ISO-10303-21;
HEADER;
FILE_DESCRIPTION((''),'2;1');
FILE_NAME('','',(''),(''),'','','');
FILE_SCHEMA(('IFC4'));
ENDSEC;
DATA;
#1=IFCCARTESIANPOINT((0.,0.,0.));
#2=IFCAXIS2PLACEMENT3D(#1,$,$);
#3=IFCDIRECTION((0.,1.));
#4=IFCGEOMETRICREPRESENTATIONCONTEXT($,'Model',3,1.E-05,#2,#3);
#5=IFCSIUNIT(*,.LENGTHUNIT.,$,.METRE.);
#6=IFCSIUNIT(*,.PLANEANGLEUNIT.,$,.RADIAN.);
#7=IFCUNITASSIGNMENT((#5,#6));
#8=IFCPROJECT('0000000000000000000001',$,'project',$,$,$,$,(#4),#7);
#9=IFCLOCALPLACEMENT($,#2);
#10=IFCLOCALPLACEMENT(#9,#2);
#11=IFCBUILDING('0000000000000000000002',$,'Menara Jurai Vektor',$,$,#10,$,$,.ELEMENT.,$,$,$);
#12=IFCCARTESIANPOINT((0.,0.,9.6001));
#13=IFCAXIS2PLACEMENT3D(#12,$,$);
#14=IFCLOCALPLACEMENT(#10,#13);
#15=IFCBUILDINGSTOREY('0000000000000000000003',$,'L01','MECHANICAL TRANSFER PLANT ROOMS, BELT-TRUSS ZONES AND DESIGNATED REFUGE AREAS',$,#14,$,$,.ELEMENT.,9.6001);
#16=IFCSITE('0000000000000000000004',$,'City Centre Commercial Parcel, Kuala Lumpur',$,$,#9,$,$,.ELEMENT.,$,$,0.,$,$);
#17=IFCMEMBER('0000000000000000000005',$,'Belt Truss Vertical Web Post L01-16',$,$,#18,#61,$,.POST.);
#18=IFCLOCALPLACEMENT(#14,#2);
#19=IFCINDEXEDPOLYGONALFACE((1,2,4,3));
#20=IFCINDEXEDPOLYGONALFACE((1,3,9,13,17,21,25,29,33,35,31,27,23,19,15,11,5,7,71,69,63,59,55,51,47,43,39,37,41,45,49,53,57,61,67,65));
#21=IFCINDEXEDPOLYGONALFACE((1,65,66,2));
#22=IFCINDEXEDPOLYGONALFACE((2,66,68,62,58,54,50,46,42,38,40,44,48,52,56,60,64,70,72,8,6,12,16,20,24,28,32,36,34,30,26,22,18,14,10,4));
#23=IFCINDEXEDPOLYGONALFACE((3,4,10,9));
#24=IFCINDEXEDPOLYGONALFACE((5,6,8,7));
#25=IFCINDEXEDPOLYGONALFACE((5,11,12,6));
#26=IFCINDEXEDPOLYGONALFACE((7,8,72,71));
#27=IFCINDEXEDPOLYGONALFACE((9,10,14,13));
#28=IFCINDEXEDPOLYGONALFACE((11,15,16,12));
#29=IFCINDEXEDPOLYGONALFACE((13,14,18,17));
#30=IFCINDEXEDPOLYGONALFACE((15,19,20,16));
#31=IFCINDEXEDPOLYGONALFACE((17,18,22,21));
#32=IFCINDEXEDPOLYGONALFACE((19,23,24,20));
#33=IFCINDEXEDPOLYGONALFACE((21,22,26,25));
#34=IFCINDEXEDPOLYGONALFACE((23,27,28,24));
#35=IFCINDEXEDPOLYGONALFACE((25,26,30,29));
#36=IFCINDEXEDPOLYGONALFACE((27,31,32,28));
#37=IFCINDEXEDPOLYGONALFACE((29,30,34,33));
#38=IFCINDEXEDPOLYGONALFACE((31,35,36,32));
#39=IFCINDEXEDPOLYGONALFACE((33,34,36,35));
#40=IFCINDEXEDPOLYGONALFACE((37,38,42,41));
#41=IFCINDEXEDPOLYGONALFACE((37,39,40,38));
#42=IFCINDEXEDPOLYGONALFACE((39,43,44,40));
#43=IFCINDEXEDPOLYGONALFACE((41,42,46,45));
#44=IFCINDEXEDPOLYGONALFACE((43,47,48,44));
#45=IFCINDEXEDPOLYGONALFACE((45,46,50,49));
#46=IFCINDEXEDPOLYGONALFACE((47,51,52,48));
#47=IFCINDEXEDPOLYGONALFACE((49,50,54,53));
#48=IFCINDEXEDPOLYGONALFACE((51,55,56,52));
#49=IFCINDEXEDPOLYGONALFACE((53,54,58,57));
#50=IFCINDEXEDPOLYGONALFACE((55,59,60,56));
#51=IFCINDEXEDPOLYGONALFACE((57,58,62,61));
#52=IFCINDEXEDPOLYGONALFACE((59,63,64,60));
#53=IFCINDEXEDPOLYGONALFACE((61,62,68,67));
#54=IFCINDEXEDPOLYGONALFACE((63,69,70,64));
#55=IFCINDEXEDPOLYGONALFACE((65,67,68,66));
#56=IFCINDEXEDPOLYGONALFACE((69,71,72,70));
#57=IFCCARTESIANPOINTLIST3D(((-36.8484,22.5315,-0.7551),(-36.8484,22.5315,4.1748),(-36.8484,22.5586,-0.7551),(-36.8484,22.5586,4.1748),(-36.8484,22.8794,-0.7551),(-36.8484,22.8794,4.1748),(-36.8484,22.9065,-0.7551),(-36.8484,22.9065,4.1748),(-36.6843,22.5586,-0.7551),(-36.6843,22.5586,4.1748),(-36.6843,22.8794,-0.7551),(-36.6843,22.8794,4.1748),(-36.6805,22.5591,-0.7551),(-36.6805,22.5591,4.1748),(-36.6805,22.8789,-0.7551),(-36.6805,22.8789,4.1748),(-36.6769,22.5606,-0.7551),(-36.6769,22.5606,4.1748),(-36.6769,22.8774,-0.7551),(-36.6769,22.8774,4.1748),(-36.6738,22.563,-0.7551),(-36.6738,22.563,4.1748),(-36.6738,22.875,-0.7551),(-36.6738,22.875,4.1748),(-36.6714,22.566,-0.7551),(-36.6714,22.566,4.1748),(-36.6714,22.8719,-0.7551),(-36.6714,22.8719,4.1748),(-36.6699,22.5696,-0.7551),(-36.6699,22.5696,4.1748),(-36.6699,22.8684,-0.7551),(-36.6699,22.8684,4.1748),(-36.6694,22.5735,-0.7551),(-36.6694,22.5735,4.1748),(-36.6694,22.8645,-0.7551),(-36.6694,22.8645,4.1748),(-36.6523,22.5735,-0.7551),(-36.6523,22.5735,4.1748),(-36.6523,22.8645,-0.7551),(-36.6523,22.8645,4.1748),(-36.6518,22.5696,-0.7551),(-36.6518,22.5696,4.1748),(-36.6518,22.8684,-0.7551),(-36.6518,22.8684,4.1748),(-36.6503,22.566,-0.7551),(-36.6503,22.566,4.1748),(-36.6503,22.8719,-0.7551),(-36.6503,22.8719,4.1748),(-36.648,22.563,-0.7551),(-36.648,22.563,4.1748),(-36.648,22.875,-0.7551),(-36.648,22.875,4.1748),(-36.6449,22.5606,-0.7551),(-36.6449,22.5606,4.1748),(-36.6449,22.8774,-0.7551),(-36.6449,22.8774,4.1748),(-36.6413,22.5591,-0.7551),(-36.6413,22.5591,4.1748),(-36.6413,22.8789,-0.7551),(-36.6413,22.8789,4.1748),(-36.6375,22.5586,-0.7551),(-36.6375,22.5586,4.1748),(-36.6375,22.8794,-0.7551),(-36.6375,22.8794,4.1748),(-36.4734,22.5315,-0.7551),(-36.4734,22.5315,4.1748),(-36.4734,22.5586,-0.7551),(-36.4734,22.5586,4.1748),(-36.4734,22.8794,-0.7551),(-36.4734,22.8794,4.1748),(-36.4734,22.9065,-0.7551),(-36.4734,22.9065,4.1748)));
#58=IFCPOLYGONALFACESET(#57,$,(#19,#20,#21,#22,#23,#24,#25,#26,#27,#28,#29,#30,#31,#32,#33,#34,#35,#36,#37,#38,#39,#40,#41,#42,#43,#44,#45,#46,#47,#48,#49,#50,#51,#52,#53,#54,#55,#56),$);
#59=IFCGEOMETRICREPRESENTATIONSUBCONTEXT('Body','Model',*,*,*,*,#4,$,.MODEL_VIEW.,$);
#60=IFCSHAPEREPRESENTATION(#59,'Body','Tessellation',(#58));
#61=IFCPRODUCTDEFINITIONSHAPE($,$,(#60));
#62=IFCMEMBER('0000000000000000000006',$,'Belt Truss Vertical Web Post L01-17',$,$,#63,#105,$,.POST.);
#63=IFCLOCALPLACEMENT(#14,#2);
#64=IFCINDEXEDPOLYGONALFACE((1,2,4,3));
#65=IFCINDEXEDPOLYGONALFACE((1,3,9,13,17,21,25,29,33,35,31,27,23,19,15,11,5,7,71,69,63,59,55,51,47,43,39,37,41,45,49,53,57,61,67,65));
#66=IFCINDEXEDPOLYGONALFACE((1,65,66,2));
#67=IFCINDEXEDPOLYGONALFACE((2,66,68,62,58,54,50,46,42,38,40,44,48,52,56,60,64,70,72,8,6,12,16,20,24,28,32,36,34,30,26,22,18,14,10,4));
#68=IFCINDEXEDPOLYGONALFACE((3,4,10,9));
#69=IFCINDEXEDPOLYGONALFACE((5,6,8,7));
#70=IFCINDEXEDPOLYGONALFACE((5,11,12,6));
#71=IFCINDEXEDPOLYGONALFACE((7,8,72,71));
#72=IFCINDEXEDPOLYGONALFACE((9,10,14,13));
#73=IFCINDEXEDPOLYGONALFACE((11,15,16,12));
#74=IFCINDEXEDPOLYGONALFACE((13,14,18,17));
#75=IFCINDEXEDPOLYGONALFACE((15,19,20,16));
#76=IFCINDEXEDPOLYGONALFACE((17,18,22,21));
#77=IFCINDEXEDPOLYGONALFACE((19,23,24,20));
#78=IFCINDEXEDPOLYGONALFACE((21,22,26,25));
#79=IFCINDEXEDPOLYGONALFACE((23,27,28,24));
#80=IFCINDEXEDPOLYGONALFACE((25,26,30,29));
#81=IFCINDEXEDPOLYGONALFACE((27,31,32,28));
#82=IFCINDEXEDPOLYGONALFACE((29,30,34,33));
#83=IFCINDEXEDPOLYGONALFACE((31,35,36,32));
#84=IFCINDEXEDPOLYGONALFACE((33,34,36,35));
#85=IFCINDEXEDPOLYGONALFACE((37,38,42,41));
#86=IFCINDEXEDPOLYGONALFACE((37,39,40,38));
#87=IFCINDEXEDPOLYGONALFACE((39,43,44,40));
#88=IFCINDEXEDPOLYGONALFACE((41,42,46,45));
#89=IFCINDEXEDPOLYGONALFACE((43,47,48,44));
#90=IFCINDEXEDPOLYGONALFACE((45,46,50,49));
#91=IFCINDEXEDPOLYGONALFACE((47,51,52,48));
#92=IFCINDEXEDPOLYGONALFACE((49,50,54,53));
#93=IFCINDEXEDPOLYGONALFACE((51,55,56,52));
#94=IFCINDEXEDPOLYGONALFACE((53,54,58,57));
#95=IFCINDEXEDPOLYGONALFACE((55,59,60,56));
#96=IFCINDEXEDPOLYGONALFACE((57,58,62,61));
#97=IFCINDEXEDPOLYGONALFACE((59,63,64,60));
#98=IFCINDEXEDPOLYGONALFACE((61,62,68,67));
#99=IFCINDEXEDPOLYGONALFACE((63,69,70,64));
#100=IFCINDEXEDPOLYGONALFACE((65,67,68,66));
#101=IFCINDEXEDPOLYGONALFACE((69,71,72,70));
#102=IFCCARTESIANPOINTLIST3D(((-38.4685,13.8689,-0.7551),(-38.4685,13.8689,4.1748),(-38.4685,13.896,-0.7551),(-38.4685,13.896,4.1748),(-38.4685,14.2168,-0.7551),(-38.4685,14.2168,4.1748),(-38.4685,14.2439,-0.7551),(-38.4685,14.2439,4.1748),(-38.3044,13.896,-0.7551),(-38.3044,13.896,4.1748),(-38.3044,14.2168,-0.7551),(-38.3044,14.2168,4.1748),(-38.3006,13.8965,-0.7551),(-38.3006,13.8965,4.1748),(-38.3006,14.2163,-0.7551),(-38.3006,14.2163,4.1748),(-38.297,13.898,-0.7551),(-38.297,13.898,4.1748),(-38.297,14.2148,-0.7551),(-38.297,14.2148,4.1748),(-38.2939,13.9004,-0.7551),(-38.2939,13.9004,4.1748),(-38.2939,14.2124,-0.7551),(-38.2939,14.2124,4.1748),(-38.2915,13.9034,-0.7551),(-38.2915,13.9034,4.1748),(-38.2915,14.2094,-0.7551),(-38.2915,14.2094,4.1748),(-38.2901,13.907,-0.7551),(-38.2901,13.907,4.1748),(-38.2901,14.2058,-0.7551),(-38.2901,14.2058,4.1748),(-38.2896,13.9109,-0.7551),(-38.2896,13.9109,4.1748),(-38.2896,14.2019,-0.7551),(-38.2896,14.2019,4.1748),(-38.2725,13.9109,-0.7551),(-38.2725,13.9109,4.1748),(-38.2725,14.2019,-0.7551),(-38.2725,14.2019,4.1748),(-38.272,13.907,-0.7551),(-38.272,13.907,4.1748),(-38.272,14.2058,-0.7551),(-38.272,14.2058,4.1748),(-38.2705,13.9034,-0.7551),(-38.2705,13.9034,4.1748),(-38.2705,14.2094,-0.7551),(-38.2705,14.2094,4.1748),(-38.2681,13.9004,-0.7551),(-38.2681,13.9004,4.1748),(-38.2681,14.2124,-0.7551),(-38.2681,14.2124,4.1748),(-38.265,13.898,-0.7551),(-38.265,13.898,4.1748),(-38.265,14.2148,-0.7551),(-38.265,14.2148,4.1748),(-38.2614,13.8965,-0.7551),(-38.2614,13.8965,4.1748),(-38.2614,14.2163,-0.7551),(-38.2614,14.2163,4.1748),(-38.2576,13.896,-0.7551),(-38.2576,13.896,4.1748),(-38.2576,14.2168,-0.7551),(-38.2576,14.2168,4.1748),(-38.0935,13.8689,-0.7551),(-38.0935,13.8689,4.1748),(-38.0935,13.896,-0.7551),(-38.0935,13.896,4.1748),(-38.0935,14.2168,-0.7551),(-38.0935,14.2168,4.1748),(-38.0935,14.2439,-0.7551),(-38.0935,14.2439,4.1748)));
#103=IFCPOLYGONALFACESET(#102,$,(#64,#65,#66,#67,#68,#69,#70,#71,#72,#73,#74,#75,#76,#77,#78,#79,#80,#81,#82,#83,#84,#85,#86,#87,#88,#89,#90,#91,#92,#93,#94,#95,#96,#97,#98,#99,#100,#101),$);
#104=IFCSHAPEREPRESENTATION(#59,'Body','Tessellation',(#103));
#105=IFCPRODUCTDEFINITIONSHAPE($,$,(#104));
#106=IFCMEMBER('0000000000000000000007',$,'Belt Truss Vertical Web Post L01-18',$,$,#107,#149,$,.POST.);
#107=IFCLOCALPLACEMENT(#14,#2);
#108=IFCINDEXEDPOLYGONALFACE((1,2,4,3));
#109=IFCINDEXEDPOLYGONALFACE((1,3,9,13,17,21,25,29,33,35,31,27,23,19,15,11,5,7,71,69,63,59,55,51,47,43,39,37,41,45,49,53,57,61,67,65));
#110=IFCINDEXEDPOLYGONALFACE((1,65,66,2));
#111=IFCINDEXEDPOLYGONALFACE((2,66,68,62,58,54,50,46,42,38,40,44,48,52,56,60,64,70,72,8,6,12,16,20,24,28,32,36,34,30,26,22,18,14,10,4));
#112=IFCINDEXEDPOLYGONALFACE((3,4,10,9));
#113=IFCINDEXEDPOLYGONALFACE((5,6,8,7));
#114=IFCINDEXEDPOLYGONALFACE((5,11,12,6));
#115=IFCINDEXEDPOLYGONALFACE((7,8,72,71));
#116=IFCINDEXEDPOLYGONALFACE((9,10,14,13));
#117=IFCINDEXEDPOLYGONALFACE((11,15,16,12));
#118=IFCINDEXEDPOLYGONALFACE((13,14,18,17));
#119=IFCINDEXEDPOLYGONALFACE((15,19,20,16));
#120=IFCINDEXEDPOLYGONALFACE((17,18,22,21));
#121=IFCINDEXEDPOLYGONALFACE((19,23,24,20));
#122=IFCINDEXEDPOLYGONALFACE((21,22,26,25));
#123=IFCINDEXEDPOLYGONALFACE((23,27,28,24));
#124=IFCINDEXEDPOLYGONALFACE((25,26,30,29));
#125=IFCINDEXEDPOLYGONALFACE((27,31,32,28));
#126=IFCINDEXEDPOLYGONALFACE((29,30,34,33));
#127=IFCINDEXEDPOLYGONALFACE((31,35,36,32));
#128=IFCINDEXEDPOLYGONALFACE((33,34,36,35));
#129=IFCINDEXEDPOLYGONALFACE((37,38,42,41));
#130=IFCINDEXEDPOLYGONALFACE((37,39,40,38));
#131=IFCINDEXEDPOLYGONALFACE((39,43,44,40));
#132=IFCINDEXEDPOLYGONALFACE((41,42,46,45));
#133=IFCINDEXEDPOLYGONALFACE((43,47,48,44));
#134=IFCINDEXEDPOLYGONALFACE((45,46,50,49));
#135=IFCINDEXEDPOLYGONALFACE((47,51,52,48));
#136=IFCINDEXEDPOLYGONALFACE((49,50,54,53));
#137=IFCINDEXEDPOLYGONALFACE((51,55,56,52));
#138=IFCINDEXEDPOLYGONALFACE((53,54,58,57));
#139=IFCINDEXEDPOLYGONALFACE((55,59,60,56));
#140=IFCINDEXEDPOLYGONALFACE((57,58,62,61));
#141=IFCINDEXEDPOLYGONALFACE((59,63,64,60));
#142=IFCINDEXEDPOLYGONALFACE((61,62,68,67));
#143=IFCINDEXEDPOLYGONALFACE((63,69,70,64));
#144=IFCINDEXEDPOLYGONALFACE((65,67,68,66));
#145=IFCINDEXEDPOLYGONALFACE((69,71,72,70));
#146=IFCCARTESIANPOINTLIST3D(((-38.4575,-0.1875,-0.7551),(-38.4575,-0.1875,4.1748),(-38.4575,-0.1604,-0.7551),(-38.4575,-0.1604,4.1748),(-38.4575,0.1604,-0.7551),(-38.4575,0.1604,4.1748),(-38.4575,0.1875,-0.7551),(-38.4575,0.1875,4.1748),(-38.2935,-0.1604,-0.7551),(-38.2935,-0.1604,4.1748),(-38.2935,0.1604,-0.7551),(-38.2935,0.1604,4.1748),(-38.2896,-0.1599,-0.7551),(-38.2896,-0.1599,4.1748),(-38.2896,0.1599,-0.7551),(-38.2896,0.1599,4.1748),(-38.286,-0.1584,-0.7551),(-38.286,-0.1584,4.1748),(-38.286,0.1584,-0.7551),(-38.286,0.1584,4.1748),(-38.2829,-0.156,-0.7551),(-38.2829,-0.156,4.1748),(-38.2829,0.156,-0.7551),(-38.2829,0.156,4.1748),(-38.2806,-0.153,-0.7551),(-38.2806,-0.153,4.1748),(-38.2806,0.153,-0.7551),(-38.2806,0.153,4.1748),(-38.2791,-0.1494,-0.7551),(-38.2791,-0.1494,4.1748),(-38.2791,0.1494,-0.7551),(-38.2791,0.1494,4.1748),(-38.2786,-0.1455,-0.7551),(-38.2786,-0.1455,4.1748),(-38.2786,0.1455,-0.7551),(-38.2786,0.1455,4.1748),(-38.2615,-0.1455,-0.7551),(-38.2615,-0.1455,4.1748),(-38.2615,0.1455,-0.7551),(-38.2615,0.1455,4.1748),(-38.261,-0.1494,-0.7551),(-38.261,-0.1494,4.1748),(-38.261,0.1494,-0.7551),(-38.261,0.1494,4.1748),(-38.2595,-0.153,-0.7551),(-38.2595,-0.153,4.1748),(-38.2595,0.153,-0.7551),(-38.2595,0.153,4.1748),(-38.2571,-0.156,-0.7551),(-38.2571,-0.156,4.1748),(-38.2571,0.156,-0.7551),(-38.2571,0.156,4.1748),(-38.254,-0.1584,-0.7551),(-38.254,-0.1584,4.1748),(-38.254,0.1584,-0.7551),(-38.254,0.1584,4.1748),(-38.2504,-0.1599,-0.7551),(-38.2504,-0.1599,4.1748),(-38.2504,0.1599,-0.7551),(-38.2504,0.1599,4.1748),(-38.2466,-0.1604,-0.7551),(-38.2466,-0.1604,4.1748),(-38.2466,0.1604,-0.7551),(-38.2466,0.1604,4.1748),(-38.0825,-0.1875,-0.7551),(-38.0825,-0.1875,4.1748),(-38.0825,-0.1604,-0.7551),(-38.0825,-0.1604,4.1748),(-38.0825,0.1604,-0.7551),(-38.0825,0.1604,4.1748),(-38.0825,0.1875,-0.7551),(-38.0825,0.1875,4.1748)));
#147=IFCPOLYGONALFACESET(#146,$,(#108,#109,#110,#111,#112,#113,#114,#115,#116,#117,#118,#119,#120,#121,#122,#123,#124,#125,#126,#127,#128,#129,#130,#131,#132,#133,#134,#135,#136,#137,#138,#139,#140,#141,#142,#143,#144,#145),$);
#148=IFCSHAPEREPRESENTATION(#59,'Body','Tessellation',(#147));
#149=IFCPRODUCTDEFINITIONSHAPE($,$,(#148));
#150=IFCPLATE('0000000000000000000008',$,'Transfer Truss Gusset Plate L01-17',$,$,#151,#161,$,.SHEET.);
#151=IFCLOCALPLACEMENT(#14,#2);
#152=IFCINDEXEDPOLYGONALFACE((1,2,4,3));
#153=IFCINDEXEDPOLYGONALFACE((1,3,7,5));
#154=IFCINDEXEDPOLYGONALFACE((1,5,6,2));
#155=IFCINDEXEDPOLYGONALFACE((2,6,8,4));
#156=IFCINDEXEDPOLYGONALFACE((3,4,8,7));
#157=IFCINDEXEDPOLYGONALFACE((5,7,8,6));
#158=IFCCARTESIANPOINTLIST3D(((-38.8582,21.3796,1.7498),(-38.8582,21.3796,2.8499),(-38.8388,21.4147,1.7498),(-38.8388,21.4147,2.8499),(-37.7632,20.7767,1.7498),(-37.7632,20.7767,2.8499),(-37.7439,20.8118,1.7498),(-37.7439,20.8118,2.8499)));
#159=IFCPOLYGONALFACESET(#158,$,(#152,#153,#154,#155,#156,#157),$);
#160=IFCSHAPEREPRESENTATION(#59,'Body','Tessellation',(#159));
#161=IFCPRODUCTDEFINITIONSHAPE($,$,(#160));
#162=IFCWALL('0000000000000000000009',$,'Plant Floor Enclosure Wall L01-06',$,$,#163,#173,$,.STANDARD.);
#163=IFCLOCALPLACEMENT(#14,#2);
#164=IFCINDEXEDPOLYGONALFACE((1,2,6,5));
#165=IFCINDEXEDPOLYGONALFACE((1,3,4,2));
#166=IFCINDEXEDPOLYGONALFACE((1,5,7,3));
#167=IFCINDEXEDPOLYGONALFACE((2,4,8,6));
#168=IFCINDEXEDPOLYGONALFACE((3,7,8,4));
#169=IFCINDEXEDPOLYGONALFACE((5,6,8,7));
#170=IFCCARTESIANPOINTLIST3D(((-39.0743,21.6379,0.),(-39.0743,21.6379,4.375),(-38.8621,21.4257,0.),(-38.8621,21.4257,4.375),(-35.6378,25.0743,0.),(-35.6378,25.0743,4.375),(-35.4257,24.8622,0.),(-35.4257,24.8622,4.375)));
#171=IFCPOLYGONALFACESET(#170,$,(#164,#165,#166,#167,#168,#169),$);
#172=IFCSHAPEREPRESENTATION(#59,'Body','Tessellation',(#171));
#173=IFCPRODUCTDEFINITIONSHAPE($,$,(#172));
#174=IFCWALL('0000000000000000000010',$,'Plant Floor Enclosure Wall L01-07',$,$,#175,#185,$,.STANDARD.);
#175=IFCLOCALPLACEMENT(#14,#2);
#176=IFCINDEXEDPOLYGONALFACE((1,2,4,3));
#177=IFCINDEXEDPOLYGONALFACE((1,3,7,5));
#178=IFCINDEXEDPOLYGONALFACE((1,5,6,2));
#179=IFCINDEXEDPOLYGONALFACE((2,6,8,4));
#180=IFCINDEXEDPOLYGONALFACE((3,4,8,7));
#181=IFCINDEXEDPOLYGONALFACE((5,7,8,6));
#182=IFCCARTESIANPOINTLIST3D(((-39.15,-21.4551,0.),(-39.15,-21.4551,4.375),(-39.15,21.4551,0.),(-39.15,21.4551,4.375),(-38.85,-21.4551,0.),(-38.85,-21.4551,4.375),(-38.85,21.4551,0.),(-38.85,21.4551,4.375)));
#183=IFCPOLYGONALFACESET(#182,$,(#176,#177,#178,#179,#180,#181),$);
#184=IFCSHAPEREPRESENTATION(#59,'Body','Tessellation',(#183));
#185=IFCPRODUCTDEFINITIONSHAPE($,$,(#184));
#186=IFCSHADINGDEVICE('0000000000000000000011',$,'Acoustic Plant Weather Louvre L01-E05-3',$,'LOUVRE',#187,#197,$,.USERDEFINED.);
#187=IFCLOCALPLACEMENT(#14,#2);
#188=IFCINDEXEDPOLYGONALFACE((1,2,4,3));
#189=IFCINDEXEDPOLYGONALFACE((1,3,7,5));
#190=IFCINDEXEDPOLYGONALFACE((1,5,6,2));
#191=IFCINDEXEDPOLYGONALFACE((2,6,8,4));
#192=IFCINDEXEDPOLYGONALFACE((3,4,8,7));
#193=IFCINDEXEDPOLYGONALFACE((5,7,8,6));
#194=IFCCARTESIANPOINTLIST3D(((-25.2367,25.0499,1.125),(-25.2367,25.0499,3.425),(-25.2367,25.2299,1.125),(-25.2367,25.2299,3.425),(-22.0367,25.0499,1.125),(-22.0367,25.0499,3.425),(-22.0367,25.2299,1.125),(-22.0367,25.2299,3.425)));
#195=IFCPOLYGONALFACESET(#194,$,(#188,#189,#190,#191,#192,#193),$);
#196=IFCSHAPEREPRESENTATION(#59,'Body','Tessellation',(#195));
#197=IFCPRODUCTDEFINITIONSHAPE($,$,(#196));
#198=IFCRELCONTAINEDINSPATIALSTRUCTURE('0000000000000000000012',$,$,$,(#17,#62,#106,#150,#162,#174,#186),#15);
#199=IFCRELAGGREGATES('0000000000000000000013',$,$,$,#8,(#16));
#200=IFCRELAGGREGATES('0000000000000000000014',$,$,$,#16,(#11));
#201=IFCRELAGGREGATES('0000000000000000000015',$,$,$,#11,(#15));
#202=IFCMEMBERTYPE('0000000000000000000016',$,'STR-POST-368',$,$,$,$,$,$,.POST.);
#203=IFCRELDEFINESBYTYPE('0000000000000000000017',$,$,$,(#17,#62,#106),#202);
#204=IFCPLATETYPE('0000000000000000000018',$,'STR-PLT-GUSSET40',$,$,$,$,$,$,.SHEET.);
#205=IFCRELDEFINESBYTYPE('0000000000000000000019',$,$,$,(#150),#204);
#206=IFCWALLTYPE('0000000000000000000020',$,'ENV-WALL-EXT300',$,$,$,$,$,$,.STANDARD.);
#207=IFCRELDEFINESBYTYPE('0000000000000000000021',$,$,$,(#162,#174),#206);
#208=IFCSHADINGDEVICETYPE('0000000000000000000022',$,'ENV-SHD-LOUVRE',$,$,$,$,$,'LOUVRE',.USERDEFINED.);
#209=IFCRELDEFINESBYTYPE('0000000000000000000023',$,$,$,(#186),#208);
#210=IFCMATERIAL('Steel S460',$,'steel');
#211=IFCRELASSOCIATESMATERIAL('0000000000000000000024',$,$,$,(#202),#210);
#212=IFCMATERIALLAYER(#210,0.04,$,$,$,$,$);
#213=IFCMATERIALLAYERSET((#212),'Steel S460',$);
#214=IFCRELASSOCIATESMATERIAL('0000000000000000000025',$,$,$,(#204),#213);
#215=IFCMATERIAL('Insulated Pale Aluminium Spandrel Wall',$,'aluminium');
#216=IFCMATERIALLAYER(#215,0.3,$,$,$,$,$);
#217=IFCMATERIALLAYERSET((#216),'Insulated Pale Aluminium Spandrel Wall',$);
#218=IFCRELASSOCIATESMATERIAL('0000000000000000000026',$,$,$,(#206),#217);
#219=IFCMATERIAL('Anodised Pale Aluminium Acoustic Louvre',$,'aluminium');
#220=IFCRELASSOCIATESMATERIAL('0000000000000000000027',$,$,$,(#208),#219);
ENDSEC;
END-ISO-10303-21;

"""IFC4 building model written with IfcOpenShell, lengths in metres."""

from ifc_helpers import new_model, si_unit, direction, frame, frame_2d, origin, origin_2d, place, context, subcontext, project, spatial, rectangle, i_section, extrude, material, layer, layer_set, material_profile, profile_set, type_object, element, save


model = new_model("IFC4")

# Units and contexts
model_context = context("Model", 3, precision=1e-05, world=origin(), true_north=direction((0.0, 1.0)))
body_context = subcontext(model_context, "Body", "Model", "MODEL_VIEW")
ifc_project = project(units=[si_unit("LENGTHUNIT", "METRE"), si_unit("PLANEANGLEUNIT", "RADIAN")], contexts=[model_context])

# Site, building, storey
site_placement = place(None, origin())
site = spatial("IfcSite", under=ifc_project, at=site_placement, Name="City Centre Commercial Parcel, Kuala Lumpur", CompositionType="ELEMENT", RefElevation=0.0)
building_placement = place(site_placement, origin())
building = spatial("IfcBuilding", under=site, at=building_placement, Name="Menara Jurai Vektor", CompositionType="ELEMENT")
storey_placement = place(building_placement, frame((0.0, 0.0, 9.6001)))
storey = spatial("IfcBuildingStorey", under=building, at=storey_placement, Name="L01", Description="MECHANICAL TRANSFER PLANT ROOMS, BELT-TRUSS ZONES AND DESIGNATED REFUGE AREAS", CompositionType="ELEMENT", Elevation=9.6001)

# Shared definitions
ifc_material_1 = material(Name="Steel S460", Category="steel")

# Members
ifc_material_profile_1 = material_profile(ifc_material_1, i_section(OverallWidth=0.375, OverallDepth=0.375, WebThickness=0.0171, FlangeThickness=0.0271, FilletRadius=0.0149, at=origin_2d()), Name="UKC 356x368x202")
ifc_profile_set_1 = profile_set([ifc_material_profile_1], Name="Steel S460")
member_type_1 = type_object("IfcMemberType", Name="STR-POST-368", PredefinedType="POST", material=ifc_profile_set_1)
for number, where, z_axis, x_axis, name in (
    (1, (-36.6609, 22.719, -0.7551), (0.0, 0.0, 1.0), (1.0, 0.0, 0.0), "Belt Truss Vertical Web Post L01-16"),
    (2, (-38.281, 14.0564, -0.7551), (0.0, 0.0, 1.0), (1.0, 0.0, 0.0), "Belt Truss Vertical Web Post L01-17"),
    (3, (-38.27, 0.0, -0.7551), (0.0, 0.0, 1.0), (1.0, 0.0, 0.0), "Belt Truss Vertical Web Post L01-18"),
):
    element("IfcMember", number, at=place(storey_placement, frame(where, z_axis=z_axis, x_axis=x_axis)), inside=storey, type_object=member_type_1, Name=name, PredefinedType="POST", context=body_context, shape_type="SweptSolid", body=[
        extrude(i_section(OverallWidth=0.375, OverallDepth=0.375, WebThickness=0.0171, FlangeThickness=0.0271, FilletRadius=0.0149, at=origin_2d()), origin(), (0.0, 0.0, 1.0), 4.9299),
    ])

# Plate
ifc_layer_1 = layer(ifc_material_1, 0.04)
ifc_layer_set_1 = layer_set([ifc_layer_1], Name="Steel S460")
plate_type = type_object("IfcPlateType", Name="STR-PLT-GUSSET40", PredefinedType="SHEET", material=ifc_layer_set_1)
plate_placement = place(storey_placement, frame((-38.301, 21.0957, 1.7498), z_axis=(0.0, 0.0, 1.0), x_axis=(0.87597, -0.482365, 0.0)))
element("IfcPlate", 4, at=plate_placement, inside=storey, type_object=plate_type, Name="Transfer Truss Gusset Plate L01-17", PredefinedType="SHEET", context=body_context, shape_type="SweptSolid", body=[
    extrude(rectangle(XDim=1.25, YDim=0.04, at=origin_2d()), origin(), (0.0, 0.0, 1.0), 1.1001),
])

# Walls
ifc_material_2 = material(Name="Insulated Pale Aluminium Spandrel Wall", Category="aluminium")
ifc_layer_2 = layer(ifc_material_2, 0.3)
ifc_layer_set_2 = layer_set([ifc_layer_2], Name="Insulated Pale Aluminium Spandrel Wall")
wall_type = type_object("IfcWallType", Name="ENV-WALL-EXT300", PredefinedType="STANDARD", material=ifc_layer_set_2)
wall_1_placement = place(storey_placement, frame((-35.5317, 24.9683, 0.0), z_axis=(0.0, 0.0, 1.0), x_axis=(-0.707107, -0.707107, 0.0)))
element("IfcWall", 5, at=wall_1_placement, inside=storey, type_object=wall_type, Name="Plant Floor Enclosure Wall L01-06", PredefinedType="STANDARD", context=body_context, shape_type="SweptSolid", body=[
    extrude(rectangle(XDim=4.8599, YDim=0.3, at=frame_2d((2.4299, 0.0))), origin(), (0.0, 0.0, 1.0), 4.375),
])
wall_2_placement = place(storey_placement, frame((-39.0, 21.4551, 0.0), z_axis=(0.0, 0.0, 1.0), x_axis=(0.0, -1.0, 0.0)))
element("IfcWall", 6, at=wall_2_placement, inside=storey, type_object=wall_type, Name="Plant Floor Enclosure Wall L01-07", PredefinedType="STANDARD", context=body_context, shape_type="SweptSolid", body=[
    extrude(rectangle(XDim=42.9102, YDim=0.3, at=frame_2d((21.4551, 0.0))), origin(), (0.0, 0.0, 1.0), 4.375),
])

# Shading device
ifc_material_3 = material(Name="Anodised Pale Aluminium Acoustic Louvre", Category="aluminium")
shading_device_type = type_object("IfcShadingDeviceType", Name="ENV-SHD-LOUVRE", ElementType="LOUVRE", PredefinedType="USERDEFINED", material=ifc_material_3)
for number, where, z_axis, x_axis, name in (
    (7, (-23.6367, 25.1399, 1.125), (0.0, 0.0, 1.0), (-1.0, 0.0, 0.0), "Acoustic Plant Weather Louvre L01-E05-3"),
):
    element("IfcShadingDevice", number, at=place(storey_placement, frame(where, z_axis=z_axis, x_axis=x_axis)), inside=storey, type_object=shading_device_type, Name=name, ObjectType="LOUVRE", PredefinedType="USERDEFINED", context=body_context, shape_type="SweptSolid", body=[
        extrude(rectangle(XDim=3.2, YDim=0.1799, at=origin_2d()), origin(), (0.0, 0.0, 1.0), 2.3),
    ])

save(model, "model.ifc")
